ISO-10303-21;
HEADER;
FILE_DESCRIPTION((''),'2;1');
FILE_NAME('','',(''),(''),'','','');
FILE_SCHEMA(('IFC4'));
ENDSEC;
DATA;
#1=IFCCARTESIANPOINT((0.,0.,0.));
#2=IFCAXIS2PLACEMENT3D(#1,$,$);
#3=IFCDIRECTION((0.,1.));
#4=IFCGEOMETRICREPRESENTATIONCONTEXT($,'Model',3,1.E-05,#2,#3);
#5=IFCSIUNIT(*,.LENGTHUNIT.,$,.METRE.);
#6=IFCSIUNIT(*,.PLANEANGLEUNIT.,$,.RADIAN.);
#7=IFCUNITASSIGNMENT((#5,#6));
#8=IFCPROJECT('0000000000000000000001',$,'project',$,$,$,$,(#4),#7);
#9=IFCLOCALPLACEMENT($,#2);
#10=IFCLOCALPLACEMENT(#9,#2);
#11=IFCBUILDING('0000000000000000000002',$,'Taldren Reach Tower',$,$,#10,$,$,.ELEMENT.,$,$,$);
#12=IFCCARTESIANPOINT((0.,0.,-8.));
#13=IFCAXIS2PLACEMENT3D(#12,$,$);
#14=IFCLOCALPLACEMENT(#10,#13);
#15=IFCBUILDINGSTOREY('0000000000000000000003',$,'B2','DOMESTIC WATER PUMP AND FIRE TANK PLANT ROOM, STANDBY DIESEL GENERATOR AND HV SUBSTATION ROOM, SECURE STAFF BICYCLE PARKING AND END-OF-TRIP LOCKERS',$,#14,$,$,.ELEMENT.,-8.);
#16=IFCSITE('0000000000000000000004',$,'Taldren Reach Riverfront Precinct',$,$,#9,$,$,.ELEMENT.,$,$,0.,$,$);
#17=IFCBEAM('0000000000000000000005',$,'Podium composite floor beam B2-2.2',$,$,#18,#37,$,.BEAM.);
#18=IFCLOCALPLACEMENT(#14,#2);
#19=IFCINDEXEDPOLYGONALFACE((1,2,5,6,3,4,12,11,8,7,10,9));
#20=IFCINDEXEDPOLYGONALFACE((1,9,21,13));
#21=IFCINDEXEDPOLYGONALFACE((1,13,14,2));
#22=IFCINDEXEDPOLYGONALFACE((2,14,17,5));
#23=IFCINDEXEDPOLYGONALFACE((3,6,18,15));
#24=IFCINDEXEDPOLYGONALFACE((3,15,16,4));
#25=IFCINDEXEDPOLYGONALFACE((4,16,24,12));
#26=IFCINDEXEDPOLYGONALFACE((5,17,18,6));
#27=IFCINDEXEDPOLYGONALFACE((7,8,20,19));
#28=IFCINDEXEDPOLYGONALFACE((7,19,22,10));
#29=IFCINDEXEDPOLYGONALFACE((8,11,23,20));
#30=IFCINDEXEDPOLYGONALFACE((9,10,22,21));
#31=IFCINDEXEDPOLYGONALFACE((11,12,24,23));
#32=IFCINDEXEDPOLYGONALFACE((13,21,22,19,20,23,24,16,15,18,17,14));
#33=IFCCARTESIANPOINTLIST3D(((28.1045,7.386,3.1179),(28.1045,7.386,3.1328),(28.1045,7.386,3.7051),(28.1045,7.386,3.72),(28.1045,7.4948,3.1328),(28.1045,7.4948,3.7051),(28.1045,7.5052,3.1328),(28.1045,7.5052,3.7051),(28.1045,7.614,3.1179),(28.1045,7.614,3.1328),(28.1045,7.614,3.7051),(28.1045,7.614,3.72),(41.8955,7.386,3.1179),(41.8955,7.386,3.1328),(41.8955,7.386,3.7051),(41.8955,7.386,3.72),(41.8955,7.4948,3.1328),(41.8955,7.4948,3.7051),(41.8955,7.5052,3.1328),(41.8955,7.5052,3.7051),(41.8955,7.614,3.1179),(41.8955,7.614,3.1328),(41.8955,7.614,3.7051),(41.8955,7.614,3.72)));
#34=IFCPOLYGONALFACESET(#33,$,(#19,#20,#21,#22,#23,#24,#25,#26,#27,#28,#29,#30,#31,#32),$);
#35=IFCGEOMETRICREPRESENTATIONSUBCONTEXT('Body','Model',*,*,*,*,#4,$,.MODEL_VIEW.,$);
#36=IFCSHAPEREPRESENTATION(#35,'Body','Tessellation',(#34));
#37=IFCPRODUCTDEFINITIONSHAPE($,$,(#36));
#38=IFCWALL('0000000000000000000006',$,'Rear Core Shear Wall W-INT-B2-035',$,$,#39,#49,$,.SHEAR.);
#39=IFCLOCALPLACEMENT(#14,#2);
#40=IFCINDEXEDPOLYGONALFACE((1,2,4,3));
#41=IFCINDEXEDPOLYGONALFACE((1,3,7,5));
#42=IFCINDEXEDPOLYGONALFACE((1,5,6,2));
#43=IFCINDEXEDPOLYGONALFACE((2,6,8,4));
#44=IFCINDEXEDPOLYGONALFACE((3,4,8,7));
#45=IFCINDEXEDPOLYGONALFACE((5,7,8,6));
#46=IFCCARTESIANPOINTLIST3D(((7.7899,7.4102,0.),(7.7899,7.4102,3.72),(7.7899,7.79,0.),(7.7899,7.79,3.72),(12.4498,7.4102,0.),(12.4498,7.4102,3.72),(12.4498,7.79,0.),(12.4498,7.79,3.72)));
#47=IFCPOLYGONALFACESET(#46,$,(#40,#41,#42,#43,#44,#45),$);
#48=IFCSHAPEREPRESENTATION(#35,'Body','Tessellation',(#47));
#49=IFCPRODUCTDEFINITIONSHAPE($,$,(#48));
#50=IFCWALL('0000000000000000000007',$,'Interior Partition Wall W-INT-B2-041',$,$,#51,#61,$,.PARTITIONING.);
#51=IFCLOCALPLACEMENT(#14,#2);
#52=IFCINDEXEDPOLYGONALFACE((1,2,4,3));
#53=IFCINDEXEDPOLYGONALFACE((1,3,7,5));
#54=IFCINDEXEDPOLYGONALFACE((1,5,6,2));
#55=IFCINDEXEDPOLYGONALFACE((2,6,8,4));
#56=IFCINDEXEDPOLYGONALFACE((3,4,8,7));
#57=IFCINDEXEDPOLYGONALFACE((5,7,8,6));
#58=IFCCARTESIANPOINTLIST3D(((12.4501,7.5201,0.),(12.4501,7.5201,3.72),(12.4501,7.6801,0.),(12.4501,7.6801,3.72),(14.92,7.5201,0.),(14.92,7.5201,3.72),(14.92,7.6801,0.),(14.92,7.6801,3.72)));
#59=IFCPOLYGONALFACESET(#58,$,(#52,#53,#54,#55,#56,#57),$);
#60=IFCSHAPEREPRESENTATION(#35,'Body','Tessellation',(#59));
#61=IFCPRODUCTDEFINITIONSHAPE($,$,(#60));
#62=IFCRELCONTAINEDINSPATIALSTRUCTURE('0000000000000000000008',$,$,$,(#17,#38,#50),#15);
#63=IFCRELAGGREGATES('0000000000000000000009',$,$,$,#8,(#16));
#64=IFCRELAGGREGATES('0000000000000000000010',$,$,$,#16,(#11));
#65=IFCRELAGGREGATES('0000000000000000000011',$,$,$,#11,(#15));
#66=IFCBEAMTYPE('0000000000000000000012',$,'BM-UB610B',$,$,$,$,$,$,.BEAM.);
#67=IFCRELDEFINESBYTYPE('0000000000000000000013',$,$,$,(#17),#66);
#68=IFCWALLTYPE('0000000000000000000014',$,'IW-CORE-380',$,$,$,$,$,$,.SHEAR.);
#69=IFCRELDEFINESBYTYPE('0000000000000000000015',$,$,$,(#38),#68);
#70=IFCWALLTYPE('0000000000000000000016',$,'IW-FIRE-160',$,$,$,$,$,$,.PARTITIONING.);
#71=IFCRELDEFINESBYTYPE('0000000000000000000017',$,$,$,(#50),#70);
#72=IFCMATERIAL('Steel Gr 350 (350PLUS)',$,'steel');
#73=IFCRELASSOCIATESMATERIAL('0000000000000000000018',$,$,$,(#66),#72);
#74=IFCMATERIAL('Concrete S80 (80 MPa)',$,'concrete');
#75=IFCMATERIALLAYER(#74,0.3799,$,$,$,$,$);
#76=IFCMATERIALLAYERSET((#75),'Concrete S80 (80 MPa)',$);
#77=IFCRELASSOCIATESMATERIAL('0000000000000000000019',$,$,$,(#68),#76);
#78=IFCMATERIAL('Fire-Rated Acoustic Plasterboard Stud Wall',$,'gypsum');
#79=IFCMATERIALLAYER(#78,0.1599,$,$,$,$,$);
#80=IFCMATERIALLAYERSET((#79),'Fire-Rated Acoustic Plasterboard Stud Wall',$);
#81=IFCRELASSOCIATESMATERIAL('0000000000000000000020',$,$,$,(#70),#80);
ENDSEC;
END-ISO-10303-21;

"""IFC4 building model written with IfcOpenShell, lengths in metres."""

from ifc_helpers import new_model, si_unit, direction, frame, frame_2d, origin, origin_2d, place, context, subcontext, project, spatial, rectangle, i_section, extrude, source, transform, mapped, material, layer, layer_set, material_profile, profile_set, type_object, element, save


model = new_model("IFC4")

# Units and contexts
model_context = context("Model", 3, precision=1e-05, world=origin(), true_north=direction((0.0, 1.0)))
body_context = subcontext(model_context, "Body", "Model", "MODEL_VIEW")
ifc_project = project(units=[si_unit("LENGTHUNIT", "METRE"), si_unit("PLANEANGLEUNIT", "RADIAN")], contexts=[model_context])

# Site, building, storey
site_placement = place(None, origin())
site = spatial("IfcSite", under=ifc_project, at=site_placement, Name="Taldren Reach Riverfront Precinct", CompositionType="ELEMENT", RefElevation=0.0)
building_placement = place(site_placement, origin())
building = spatial("IfcBuilding", under=site, at=building_placement, Name="Taldren Reach Tower", CompositionType="ELEMENT")
storey_placement = place(building_placement, frame((0.0, 0.0, -8.0)))
storey = spatial("IfcBuildingStorey", under=building, at=storey_placement, Name="B2", Description="DOMESTIC WATER PUMP AND FIRE TANK PLANT ROOM, STANDBY DIESEL GENERATOR AND HV SUBSTATION ROOM, SECURE STAFF BICYCLE PARKING AND END-OF-TRIP LOCKERS", CompositionType="ELEMENT", Elevation=-8.0)

# Beam
ifc_material_1 = material(Name="Steel Gr 350 (350PLUS)", Category="steel")
ifc_material_profile_1 = material_profile(ifc_material_1, i_section(OverallWidth=0.228, OverallDepth=0.6021, WebThickness=0.0105, FlangeThickness=0.0149, at=origin_2d()), Name="610UB101")
ifc_profile_set_1 = profile_set([ifc_material_profile_1], Name="Steel Gr 350 (350PLUS)")
beam_type_1 = type_object("IfcBeamType", Name="BM-UB610B", PredefinedType="BEAM", material=ifc_profile_set_1)
shared_shape_1 = source(origin(), body_context, "Body", "SweptSolid", [
    extrude(i_section(OverallWidth=0.228, OverallDepth=0.6021, WebThickness=0.0105, FlangeThickness=0.0149, at=origin_2d()), origin(), (0.0, 0.0, 1.0), 13.791),
])
for number, where, z_axis, x_axis, name in (
    (1, (28.1045, 7.5, 3.4189), (1.0, 0.0, 0.0), (0.0, 1.0, 0.0), "Podium composite floor beam B2-2.2"),
):
    element("IfcBeam", number, at=place(storey_placement, frame(where, z_axis=z_axis, x_axis=x_axis)), inside=storey, type_object=beam_type_1, Name=name, PredefinedType="BEAM", context=body_context, shape_type="MappedRepresentation", body=[
        mapped(shared_shape_1, transform((0.0, 0.0, 0.0), scale=1.0)),
    ])

# Walls
ifc_material_2 = material(Name="Concrete S80 (80 MPa)", Category="concrete")
ifc_layer_1 = layer(ifc_material_2, 0.3799)
ifc_layer_set_1 = layer_set([ifc_layer_1], Name="Concrete S80 (80 MPa)")
wall_type_1 = type_object("IfcWallType", Name="IW-CORE-380", PredefinedType="SHEAR", material=ifc_layer_set_1)
shared_shape_2 = source(origin(), body_context, "Body", "SweptSolid", [
    extrude(rectangle(XDim=4.6599, YDim=0.3799, at=frame_2d((2.3301, 0.0))), origin(), (0.0, 0.0, 1.0), 3.72),
])
wall_1_placement = place(storey_placement, frame((12.45, 7.6001, 0.0), z_axis=(0.0, 0.0, 1.0), x_axis=(-1.0, 0.0, 0.0)))
element("IfcWall", 2, at=wall_1_placement, inside=storey, type_object=wall_type_1, Name="Rear Core Shear Wall W-INT-B2-035", PredefinedType="SHEAR", context=body_context, shape_type="MappedRepresentation", body=[
    mapped(shared_shape_2, transform((0.0, 0.0, 0.0), scale=1.0)),
])
ifc_material_3 = material(Name="Fire-Rated Acoustic Plasterboard Stud Wall", Category="gypsum")
ifc_layer_2 = layer(ifc_material_3, 0.1599)
ifc_layer_set_2 = layer_set([ifc_layer_2], Name="Fire-Rated Acoustic Plasterboard Stud Wall")
wall_type_2 = type_object("IfcWallType", Name="IW-FIRE-160", PredefinedType="PARTITIONING", material=ifc_layer_set_2)
shared_shape_3 = source(origin(), body_context, "Body", "SweptSolid", [
    extrude(rectangle(XDim=2.47, YDim=0.1599, at=frame_2d((1.2349, 0.0))), origin(), (0.0, 0.0, 1.0), 3.72),
])
wall_2_placement = place(storey_placement, frame((14.9199, 7.6001, 0.0), z_axis=(0.0, 0.0, 1.0), x_axis=(-1.0, 0.0, 0.0)))
element("IfcWall", 3, at=wall_2_placement, inside=storey, type_object=wall_type_2, Name="Interior Partition Wall W-INT-B2-041", PredefinedType="PARTITIONING", context=body_context, shape_type="MappedRepresentation", body=[
    mapped(shared_shape_3, transform((0.0, 0.0, 0.0), scale=1.0)),
])

save(model, "model.ifc")
